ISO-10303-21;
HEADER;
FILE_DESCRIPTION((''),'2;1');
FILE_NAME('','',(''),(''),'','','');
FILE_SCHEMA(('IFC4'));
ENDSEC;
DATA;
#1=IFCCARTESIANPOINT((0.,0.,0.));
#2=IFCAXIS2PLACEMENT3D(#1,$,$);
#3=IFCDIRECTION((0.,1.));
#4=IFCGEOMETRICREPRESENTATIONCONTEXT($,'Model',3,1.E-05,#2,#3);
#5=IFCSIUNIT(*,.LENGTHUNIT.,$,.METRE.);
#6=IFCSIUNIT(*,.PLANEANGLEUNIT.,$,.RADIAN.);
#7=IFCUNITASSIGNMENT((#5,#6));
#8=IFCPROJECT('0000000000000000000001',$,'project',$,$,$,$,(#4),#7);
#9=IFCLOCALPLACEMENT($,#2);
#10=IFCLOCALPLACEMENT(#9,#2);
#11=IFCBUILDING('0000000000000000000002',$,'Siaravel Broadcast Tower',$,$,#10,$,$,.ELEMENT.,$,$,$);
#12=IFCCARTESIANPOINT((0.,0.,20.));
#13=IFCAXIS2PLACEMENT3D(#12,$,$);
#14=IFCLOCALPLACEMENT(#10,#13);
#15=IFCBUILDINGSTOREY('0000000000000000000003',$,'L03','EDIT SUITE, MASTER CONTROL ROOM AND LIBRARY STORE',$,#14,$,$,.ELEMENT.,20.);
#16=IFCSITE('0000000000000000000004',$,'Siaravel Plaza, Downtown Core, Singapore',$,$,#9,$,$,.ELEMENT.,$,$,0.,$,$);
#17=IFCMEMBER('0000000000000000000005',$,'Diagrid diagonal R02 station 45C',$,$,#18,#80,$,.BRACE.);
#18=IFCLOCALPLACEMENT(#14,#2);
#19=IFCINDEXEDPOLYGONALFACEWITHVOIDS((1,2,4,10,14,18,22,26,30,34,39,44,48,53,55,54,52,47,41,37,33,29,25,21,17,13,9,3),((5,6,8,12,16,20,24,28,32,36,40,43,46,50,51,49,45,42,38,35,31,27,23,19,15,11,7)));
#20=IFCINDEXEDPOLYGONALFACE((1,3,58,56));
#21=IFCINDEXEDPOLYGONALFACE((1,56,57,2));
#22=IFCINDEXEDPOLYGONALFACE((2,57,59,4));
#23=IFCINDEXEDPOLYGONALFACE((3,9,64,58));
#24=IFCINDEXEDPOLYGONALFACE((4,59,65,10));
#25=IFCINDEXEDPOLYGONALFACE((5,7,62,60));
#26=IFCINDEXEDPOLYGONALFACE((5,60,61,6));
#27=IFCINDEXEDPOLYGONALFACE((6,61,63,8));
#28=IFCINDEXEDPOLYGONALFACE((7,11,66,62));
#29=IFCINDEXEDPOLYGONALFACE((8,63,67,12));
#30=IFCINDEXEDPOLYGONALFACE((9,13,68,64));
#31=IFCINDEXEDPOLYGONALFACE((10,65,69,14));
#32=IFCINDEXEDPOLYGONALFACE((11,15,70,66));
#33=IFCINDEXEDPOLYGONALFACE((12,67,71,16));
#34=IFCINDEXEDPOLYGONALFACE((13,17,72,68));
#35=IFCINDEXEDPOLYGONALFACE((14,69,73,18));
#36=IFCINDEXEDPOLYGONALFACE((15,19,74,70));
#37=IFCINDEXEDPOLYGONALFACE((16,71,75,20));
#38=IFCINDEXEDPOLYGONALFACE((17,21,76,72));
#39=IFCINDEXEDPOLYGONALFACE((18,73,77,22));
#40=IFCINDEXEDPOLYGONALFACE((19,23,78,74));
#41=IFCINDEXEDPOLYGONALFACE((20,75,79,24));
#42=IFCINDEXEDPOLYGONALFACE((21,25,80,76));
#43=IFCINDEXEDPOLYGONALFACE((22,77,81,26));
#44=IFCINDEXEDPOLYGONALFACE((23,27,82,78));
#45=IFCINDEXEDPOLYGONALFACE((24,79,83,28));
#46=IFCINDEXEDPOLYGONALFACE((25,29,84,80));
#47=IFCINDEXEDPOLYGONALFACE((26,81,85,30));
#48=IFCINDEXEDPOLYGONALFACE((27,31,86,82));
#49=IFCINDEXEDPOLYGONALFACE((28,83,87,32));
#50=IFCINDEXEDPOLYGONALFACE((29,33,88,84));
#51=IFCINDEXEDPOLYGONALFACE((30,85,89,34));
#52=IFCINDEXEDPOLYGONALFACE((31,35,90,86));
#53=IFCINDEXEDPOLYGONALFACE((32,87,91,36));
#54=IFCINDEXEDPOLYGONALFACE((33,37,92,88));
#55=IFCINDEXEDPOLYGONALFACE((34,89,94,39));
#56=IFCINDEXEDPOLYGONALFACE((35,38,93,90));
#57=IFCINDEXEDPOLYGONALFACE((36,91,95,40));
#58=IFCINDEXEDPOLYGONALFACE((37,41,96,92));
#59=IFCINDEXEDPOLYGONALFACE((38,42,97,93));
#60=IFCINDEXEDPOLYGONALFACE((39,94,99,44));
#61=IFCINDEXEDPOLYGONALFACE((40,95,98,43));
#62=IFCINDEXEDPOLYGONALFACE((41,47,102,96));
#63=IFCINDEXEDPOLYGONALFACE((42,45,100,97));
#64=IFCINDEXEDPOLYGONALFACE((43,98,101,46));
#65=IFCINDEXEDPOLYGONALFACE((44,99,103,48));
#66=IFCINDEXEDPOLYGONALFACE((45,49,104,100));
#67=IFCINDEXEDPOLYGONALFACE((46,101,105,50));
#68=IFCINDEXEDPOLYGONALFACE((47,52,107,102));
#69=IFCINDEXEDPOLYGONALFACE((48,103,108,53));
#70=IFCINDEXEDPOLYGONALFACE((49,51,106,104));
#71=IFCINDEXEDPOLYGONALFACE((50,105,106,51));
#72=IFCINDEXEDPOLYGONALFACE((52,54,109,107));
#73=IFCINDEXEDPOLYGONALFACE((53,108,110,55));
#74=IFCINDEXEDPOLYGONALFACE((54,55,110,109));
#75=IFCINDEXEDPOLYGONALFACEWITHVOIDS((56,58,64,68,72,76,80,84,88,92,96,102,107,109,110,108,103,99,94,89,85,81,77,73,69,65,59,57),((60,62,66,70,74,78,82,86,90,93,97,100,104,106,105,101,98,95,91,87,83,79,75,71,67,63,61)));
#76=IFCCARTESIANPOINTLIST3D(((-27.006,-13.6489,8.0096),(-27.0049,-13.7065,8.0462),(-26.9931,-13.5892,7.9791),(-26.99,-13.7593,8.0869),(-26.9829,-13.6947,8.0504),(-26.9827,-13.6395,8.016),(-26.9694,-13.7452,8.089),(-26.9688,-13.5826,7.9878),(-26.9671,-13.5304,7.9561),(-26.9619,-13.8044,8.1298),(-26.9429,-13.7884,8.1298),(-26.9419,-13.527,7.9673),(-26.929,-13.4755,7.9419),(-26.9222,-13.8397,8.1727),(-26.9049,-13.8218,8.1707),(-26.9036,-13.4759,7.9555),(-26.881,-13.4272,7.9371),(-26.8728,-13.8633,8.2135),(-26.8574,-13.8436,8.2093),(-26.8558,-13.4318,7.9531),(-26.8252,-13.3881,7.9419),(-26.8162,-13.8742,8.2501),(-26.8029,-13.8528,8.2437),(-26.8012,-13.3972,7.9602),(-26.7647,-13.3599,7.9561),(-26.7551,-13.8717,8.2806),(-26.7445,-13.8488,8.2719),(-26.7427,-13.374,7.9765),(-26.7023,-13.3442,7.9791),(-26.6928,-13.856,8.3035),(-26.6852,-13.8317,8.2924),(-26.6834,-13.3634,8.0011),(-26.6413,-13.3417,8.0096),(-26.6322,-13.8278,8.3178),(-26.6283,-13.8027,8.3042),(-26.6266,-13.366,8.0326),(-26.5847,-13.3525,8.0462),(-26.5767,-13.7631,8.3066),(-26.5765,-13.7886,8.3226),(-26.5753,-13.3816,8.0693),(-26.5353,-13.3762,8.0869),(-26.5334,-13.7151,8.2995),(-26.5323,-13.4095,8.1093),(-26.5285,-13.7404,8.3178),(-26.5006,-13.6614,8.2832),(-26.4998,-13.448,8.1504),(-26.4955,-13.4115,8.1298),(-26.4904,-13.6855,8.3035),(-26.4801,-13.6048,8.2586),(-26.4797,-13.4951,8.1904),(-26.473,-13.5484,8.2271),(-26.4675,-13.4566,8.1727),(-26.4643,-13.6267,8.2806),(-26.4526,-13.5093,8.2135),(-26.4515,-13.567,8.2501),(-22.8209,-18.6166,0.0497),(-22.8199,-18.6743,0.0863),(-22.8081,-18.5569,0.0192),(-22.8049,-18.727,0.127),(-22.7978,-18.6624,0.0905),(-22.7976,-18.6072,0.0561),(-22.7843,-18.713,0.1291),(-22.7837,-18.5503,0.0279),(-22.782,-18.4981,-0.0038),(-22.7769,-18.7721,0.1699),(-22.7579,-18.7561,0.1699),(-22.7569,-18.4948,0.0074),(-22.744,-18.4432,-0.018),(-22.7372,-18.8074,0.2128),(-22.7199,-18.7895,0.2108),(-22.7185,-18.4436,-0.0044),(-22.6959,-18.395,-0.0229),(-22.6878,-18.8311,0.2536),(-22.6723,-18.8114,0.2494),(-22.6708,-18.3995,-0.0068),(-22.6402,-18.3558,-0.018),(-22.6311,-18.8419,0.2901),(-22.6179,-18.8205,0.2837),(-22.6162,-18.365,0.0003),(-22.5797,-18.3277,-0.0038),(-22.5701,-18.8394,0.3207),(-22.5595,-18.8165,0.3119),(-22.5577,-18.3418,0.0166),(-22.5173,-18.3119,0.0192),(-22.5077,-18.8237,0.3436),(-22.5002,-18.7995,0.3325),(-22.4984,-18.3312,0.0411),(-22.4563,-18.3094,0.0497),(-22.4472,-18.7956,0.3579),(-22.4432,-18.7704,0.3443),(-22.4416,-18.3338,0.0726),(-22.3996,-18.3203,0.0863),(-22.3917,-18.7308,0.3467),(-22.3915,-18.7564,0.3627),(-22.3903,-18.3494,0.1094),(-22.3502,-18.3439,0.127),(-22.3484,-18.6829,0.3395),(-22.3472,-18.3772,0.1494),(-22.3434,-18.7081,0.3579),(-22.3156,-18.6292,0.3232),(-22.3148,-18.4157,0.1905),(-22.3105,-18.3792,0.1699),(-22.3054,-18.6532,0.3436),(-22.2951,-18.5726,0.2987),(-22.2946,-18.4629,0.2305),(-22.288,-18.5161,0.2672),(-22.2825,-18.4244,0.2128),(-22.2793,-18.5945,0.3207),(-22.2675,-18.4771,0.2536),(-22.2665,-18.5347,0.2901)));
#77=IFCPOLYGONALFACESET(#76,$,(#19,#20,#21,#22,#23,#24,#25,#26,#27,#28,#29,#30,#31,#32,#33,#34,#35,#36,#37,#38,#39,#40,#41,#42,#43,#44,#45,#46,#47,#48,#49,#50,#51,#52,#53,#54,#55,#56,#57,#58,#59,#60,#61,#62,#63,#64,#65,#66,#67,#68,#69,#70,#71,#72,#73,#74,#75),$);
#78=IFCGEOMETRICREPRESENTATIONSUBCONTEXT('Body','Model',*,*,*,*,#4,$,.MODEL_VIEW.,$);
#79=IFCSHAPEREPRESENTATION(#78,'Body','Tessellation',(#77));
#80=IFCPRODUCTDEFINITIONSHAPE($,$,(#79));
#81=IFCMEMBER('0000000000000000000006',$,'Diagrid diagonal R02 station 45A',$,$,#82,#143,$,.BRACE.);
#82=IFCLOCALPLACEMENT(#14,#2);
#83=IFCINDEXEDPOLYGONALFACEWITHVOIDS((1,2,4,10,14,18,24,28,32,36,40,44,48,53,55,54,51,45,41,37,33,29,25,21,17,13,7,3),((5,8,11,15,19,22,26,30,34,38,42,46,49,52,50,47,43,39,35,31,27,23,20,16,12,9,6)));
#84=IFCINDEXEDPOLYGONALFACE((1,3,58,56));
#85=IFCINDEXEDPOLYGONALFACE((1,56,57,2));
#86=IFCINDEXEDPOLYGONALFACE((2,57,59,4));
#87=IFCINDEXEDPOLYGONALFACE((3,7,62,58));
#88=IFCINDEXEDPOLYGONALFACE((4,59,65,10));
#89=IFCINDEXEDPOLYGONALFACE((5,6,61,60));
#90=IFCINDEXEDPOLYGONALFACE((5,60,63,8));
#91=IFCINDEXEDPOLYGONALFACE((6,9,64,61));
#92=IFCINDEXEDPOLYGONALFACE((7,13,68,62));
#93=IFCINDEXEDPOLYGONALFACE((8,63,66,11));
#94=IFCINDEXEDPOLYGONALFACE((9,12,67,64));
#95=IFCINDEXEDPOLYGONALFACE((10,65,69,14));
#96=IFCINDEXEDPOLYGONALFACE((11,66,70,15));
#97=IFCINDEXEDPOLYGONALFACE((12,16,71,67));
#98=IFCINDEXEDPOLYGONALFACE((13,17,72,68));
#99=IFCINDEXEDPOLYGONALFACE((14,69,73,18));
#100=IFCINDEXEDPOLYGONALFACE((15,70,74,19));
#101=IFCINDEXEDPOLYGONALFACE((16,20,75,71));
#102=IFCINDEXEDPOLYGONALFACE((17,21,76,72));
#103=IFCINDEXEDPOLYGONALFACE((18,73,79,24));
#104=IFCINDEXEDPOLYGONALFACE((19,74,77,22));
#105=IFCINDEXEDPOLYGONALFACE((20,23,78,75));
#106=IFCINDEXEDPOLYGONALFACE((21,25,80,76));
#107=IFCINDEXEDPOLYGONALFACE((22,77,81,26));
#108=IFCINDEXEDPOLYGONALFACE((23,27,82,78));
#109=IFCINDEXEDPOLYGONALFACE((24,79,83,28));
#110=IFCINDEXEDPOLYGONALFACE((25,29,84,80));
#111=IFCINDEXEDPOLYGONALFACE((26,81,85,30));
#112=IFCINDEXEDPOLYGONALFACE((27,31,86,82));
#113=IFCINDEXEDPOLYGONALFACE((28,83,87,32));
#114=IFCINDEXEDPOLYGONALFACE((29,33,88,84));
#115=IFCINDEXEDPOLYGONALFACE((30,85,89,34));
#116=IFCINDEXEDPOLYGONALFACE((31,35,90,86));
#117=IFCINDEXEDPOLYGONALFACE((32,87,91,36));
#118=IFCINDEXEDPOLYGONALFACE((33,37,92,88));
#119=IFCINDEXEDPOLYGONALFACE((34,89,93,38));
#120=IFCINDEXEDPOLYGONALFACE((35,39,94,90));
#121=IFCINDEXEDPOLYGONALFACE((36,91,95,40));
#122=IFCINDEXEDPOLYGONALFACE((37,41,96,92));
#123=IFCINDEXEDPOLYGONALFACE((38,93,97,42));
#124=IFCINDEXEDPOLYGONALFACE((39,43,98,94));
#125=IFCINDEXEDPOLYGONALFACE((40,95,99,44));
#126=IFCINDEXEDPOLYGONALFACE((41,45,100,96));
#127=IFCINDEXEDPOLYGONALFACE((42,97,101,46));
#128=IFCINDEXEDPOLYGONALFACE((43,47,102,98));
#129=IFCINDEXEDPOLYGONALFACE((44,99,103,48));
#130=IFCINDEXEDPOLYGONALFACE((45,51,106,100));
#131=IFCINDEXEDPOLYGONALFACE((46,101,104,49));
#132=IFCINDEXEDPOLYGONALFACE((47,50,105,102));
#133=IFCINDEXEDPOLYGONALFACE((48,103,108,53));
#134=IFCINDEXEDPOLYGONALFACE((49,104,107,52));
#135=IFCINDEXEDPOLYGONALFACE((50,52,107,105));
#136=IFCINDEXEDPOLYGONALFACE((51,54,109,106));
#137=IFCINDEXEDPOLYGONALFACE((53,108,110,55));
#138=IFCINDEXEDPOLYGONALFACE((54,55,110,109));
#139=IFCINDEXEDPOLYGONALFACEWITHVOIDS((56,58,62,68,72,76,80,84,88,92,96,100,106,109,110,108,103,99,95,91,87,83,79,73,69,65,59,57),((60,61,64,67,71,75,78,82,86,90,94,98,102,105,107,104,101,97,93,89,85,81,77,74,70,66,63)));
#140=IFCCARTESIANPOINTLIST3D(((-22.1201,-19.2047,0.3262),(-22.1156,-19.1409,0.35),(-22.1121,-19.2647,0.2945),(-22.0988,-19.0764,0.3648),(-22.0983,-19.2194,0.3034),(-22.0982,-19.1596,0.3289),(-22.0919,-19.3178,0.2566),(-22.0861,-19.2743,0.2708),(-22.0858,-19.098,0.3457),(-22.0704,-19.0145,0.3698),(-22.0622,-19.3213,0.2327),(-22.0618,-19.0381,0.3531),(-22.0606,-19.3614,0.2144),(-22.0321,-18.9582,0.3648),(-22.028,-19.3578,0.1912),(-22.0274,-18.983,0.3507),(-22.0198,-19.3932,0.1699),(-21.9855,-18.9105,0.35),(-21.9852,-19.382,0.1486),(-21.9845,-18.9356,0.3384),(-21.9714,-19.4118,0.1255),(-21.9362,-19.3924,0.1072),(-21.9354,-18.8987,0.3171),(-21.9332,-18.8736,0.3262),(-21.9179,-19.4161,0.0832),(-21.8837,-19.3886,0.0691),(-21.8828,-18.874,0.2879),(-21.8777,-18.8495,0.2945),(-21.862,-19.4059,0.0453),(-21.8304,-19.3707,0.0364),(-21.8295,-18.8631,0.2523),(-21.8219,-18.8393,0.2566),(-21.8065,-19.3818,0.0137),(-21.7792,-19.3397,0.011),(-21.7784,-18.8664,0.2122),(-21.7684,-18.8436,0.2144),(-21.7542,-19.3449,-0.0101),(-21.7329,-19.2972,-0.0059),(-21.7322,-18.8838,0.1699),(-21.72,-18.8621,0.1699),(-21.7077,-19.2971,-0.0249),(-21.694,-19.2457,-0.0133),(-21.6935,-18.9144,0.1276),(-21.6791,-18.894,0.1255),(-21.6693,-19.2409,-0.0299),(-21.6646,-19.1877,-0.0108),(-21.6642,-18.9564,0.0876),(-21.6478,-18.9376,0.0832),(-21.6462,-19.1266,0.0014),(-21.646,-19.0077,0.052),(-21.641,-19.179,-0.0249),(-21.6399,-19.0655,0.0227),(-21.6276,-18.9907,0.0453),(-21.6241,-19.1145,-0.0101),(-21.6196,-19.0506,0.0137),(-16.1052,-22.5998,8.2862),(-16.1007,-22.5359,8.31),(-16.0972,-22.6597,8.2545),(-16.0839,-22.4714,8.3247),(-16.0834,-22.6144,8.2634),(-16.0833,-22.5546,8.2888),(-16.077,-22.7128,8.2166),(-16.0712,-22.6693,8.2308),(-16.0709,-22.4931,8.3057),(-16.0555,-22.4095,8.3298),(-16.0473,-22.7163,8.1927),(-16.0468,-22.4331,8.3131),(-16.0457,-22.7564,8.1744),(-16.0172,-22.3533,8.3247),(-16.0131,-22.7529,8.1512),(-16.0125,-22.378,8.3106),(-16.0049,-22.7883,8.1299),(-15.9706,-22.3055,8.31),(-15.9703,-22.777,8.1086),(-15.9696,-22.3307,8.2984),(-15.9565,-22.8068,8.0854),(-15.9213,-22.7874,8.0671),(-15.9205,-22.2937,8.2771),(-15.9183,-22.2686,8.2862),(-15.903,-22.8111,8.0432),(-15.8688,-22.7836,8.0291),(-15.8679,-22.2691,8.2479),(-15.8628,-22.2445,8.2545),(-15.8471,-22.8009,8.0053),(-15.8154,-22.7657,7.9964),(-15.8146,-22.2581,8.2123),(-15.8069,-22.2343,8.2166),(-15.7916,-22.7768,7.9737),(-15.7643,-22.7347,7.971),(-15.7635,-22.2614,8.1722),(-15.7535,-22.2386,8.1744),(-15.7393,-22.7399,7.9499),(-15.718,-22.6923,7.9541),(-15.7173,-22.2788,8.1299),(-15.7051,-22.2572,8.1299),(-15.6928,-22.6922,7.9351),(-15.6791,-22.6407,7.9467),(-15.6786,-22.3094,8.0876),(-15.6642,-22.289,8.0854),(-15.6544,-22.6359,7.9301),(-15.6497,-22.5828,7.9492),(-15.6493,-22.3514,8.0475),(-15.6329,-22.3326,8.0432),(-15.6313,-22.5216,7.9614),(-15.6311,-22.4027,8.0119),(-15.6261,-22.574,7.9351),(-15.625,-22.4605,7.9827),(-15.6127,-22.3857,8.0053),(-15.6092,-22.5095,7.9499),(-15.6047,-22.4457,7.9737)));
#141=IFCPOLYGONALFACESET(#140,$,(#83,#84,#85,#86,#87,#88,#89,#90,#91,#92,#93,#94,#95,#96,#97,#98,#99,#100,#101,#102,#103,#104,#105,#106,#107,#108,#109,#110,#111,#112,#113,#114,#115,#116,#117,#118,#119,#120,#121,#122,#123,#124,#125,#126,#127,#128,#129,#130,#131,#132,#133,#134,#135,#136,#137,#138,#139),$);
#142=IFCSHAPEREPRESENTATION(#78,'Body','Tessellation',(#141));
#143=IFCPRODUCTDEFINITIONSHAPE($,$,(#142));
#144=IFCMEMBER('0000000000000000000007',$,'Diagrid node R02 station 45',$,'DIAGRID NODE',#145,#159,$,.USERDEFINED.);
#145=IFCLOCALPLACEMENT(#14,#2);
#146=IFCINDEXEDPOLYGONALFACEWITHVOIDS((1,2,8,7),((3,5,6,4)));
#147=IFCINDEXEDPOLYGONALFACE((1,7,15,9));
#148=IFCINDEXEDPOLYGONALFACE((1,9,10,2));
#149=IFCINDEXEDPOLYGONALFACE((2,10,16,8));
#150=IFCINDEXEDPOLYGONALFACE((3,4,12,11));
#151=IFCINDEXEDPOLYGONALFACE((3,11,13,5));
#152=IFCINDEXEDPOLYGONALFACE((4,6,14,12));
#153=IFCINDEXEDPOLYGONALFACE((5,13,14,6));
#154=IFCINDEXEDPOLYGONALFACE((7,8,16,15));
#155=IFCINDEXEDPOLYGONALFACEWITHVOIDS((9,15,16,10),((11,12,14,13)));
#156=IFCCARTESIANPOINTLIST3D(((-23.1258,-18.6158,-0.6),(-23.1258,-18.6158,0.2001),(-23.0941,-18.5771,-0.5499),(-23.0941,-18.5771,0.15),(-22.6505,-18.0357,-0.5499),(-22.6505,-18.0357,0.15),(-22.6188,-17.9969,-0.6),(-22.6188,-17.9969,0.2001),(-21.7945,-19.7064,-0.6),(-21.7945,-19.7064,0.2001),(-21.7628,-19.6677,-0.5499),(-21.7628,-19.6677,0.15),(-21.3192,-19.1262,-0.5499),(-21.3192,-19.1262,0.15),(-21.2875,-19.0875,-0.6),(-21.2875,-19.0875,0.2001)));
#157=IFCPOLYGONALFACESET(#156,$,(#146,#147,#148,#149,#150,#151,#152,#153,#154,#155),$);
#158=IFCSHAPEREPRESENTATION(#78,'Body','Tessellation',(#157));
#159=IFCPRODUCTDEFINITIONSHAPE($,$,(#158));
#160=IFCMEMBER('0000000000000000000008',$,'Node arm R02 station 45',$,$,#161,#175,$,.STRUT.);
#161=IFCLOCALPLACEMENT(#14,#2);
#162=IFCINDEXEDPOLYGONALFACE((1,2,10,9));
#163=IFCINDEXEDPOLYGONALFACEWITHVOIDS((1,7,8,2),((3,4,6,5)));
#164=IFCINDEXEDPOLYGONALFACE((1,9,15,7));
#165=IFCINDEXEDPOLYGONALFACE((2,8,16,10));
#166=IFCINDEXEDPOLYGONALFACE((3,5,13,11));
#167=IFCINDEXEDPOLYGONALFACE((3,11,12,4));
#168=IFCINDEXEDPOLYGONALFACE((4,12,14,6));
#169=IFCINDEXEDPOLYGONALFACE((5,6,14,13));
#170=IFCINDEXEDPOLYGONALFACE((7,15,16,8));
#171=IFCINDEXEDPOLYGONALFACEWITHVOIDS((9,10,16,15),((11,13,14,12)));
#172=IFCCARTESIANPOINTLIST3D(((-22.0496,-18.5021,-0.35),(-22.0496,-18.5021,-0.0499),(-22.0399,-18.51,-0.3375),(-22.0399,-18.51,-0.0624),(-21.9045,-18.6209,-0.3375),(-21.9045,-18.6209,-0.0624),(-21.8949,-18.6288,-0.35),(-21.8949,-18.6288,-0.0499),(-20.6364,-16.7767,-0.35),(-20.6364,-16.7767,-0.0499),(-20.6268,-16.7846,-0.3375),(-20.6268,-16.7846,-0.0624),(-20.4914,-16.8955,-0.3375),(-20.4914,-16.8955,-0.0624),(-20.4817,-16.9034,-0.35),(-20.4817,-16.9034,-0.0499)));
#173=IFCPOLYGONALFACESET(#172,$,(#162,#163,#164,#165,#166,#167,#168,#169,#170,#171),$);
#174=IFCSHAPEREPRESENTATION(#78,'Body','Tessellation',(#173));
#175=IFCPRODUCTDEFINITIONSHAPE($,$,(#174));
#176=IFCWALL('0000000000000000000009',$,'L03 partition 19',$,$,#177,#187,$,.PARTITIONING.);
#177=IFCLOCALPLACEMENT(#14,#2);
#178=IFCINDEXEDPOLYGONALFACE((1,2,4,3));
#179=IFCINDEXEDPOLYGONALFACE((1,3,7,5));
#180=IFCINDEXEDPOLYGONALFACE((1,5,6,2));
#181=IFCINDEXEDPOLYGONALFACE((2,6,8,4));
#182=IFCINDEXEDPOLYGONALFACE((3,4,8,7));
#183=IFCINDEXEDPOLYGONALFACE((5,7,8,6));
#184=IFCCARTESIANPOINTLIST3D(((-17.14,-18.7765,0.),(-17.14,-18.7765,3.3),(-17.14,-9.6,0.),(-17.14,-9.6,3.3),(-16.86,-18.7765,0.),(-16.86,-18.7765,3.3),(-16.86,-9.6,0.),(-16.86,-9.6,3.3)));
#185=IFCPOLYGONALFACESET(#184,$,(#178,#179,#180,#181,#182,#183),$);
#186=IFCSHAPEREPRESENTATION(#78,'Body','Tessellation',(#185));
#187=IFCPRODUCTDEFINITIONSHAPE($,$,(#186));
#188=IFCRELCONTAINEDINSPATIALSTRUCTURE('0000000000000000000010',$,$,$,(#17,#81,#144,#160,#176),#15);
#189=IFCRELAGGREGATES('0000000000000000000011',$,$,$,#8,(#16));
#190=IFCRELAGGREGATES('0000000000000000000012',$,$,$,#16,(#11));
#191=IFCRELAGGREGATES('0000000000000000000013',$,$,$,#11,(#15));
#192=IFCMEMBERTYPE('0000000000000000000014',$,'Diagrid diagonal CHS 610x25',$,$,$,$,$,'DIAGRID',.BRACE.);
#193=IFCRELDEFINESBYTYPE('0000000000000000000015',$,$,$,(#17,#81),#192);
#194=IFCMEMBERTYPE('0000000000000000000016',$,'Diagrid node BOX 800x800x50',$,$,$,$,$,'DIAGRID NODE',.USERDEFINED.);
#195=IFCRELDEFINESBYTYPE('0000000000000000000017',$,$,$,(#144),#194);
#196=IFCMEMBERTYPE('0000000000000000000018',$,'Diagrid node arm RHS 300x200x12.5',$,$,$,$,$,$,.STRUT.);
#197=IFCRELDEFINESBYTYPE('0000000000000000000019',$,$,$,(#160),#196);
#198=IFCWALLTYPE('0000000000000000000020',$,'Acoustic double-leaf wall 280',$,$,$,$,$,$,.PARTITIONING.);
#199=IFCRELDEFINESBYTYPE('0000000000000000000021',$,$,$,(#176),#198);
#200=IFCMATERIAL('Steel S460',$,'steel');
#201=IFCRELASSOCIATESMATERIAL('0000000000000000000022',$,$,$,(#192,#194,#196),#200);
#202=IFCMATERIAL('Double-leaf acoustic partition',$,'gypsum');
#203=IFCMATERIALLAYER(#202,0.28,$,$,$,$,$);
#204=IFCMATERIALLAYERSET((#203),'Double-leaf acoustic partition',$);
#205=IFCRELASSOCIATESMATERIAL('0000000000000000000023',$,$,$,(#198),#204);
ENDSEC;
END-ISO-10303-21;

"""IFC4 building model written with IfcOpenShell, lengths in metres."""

from ifc_helpers import new_model, si_unit, direction, frame, frame_2d, origin, origin_2d, place, context, subcontext, project, spatial, rectangle, hollow_rectangle, hollow_circle, extrude, material, layer, layer_set, material_profile, profile_set, type_object, element, save


model = new_model("IFC4")

# Units and contexts
model_context = context("Model", 3, precision=1e-05, world=origin(), true_north=direction((0.0, 1.0)))
body_context = subcontext(model_context, "Body", "Model", "MODEL_VIEW")
ifc_project = project(units=[si_unit("LENGTHUNIT", "METRE"), si_unit("PLANEANGLEUNIT", "RADIAN")], contexts=[model_context])

# Site, building, storey
site_placement = place(None, origin())
site = spatial("IfcSite", under=ifc_project, at=site_placement, Name="Siaravel Plaza, Downtown Core, Singapore", CompositionType="ELEMENT", RefElevation=0.0)
building_placement = place(site_placement, origin())
building = spatial("IfcBuilding", under=site, at=building_placement, Name="Siaravel Broadcast Tower", CompositionType="ELEMENT")
storey_placement = place(building_placement, frame((0.0, 0.0, 20.0)))
storey = spatial("IfcBuildingStorey", under=building, at=storey_placement, Name="L03", Description="EDIT SUITE, MASTER CONTROL ROOM AND LIBRARY STORE", CompositionType="ELEMENT", Elevation=20.0)

# Members
ifc_material_1 = material(Name="Steel S460", Category="steel")
ifc_material_profile_1 = material_profile(ifc_material_1, hollow_circle(Radius=0.3049, WallThickness=0.0249, at=origin_2d()))
ifc_profile_set_1 = profile_set([ifc_material_profile_1], Name="Steel S460")
member_type_1 = type_object("IfcMemberType", Name="Diagrid diagonal CHS 610x25", ElementType="DIAGRID", PredefinedType="BRACE", material=ifc_profile_set_1)
member_1_placement = place(storey_placement, frame((-22.5437, -18.5757, 0.1699), z_axis=(-0.407346, 0.48353, 0.77477), x_axis=(-0.764784, -0.644286, 0.0)))
element("IfcMember", 1, at=member_1_placement, inside=storey, type_object=member_type_1, Name="Diagrid diagonal R02 station 45C", PredefinedType="BRACE", context=body_context, shape_type="SweptSolid", body=[
    extrude(hollow_circle(Radius=0.3049, WallThickness=0.0249, at=origin_2d()), origin(), (0.0, 0.0, 1.0), 10.2739),
])
member_2_placement = place(storey_placement, frame((-21.8699, -19.1277, 0.1699), z_axis=(0.570739, -0.322145, 0.755301), x_axis=(0.491541, 0.870854, 0.0)))
element("IfcMember", 2, at=member_2_placement, inside=storey, type_object=member_type_1, Name="Diagrid diagonal R02 station 45A", PredefinedType="BRACE", context=body_context, shape_type="SweptSolid", body=[
    extrude(hollow_circle(Radius=0.3049, WallThickness=0.0249, at=origin_2d()), origin(), (0.0, 0.0, 1.0), 10.5388),
])
ifc_material_profile_2 = material_profile(ifc_material_1, hollow_rectangle(XDim=0.8, YDim=0.8, WallThickness=0.05, at=origin_2d()))
ifc_profile_set_2 = profile_set([ifc_material_profile_2], Name="Steel S460")
member_type_2 = type_object("IfcMemberType", Name="Diagrid node BOX 800x800x50", ElementType="DIAGRID NODE", PredefinedType="USERDEFINED", material=ifc_profile_set_2)
member_3_placement = place(storey_placement, frame((-22.8723, -18.3064, -0.2), z_axis=(0.773578, -0.633701, 0.0), x_axis=(0.633701, 0.773578, 0.0)))
element("IfcMember", 3, at=member_3_placement, inside=storey, type_object=member_type_2, Name="Diagrid node R02 station 45", ObjectType="DIAGRID NODE", PredefinedType="USERDEFINED", context=body_context, shape_type="SweptSolid", body=[
    extrude(hollow_rectangle(XDim=0.8, YDim=0.8, WallThickness=0.05, at=origin_2d()), origin(), (0.0, 0.0, 1.0), 1.7209),
])
ifc_material_profile_3 = material_profile(ifc_material_1, hollow_rectangle(XDim=0.2, YDim=0.3, WallThickness=0.0125, at=origin_2d()))
ifc_profile_set_3 = profile_set([ifc_material_profile_3], Name="Steel S460")
member_type_3 = type_object("IfcMemberType", Name="Diagrid node arm RHS 300x200x12.5", PredefinedType="STRUT", material=ifc_profile_set_3)
member_4_placement = place(storey_placement, frame((-20.5591, -16.8401, -0.2), z_axis=(-0.633625, -0.77364, 0.0), x_axis=(0.77364, -0.633625, 0.0)))
element("IfcMember", 4, at=member_4_placement, inside=storey, type_object=member_type_3, Name="Node arm R02 station 45", PredefinedType="STRUT", context=body_context, shape_type="SweptSolid", body=[
    extrude(hollow_rectangle(XDim=0.2, YDim=0.3, WallThickness=0.0125, at=origin_2d()), origin(), (0.0, 0.0, 1.0), 2.2302),
])

# Wall
ifc_material_2 = material(Name="Double-leaf acoustic partition", Category="gypsum")
ifc_layer_1 = layer(ifc_material_2, 0.28)
ifc_layer_set_1 = layer_set([ifc_layer_1], Name="Double-leaf acoustic partition")
wall_type_1 = type_object("IfcWallType", Name="Acoustic double-leaf wall 280", PredefinedType="PARTITIONING", material=ifc_layer_set_1)
wall_1_placement = place(storey_placement, frame((-17.0, -18.7766, 0.0), z_axis=(0.0, 0.0, 1.0), x_axis=(0.0, 1.0, 0.0)))
element("IfcWall", 5, at=wall_1_placement, inside=storey, type_object=wall_type_1, Name="L03 partition 19", PredefinedType="PARTITIONING", context=body_context, shape_type="SweptSolid", body=[
    extrude(rectangle(XDim=9.1765, YDim=0.28, at=frame_2d((4.5884, 0.0))), origin(), (0.0, 0.0, 1.0), 3.3),
])

save(model, "model.ifc")
